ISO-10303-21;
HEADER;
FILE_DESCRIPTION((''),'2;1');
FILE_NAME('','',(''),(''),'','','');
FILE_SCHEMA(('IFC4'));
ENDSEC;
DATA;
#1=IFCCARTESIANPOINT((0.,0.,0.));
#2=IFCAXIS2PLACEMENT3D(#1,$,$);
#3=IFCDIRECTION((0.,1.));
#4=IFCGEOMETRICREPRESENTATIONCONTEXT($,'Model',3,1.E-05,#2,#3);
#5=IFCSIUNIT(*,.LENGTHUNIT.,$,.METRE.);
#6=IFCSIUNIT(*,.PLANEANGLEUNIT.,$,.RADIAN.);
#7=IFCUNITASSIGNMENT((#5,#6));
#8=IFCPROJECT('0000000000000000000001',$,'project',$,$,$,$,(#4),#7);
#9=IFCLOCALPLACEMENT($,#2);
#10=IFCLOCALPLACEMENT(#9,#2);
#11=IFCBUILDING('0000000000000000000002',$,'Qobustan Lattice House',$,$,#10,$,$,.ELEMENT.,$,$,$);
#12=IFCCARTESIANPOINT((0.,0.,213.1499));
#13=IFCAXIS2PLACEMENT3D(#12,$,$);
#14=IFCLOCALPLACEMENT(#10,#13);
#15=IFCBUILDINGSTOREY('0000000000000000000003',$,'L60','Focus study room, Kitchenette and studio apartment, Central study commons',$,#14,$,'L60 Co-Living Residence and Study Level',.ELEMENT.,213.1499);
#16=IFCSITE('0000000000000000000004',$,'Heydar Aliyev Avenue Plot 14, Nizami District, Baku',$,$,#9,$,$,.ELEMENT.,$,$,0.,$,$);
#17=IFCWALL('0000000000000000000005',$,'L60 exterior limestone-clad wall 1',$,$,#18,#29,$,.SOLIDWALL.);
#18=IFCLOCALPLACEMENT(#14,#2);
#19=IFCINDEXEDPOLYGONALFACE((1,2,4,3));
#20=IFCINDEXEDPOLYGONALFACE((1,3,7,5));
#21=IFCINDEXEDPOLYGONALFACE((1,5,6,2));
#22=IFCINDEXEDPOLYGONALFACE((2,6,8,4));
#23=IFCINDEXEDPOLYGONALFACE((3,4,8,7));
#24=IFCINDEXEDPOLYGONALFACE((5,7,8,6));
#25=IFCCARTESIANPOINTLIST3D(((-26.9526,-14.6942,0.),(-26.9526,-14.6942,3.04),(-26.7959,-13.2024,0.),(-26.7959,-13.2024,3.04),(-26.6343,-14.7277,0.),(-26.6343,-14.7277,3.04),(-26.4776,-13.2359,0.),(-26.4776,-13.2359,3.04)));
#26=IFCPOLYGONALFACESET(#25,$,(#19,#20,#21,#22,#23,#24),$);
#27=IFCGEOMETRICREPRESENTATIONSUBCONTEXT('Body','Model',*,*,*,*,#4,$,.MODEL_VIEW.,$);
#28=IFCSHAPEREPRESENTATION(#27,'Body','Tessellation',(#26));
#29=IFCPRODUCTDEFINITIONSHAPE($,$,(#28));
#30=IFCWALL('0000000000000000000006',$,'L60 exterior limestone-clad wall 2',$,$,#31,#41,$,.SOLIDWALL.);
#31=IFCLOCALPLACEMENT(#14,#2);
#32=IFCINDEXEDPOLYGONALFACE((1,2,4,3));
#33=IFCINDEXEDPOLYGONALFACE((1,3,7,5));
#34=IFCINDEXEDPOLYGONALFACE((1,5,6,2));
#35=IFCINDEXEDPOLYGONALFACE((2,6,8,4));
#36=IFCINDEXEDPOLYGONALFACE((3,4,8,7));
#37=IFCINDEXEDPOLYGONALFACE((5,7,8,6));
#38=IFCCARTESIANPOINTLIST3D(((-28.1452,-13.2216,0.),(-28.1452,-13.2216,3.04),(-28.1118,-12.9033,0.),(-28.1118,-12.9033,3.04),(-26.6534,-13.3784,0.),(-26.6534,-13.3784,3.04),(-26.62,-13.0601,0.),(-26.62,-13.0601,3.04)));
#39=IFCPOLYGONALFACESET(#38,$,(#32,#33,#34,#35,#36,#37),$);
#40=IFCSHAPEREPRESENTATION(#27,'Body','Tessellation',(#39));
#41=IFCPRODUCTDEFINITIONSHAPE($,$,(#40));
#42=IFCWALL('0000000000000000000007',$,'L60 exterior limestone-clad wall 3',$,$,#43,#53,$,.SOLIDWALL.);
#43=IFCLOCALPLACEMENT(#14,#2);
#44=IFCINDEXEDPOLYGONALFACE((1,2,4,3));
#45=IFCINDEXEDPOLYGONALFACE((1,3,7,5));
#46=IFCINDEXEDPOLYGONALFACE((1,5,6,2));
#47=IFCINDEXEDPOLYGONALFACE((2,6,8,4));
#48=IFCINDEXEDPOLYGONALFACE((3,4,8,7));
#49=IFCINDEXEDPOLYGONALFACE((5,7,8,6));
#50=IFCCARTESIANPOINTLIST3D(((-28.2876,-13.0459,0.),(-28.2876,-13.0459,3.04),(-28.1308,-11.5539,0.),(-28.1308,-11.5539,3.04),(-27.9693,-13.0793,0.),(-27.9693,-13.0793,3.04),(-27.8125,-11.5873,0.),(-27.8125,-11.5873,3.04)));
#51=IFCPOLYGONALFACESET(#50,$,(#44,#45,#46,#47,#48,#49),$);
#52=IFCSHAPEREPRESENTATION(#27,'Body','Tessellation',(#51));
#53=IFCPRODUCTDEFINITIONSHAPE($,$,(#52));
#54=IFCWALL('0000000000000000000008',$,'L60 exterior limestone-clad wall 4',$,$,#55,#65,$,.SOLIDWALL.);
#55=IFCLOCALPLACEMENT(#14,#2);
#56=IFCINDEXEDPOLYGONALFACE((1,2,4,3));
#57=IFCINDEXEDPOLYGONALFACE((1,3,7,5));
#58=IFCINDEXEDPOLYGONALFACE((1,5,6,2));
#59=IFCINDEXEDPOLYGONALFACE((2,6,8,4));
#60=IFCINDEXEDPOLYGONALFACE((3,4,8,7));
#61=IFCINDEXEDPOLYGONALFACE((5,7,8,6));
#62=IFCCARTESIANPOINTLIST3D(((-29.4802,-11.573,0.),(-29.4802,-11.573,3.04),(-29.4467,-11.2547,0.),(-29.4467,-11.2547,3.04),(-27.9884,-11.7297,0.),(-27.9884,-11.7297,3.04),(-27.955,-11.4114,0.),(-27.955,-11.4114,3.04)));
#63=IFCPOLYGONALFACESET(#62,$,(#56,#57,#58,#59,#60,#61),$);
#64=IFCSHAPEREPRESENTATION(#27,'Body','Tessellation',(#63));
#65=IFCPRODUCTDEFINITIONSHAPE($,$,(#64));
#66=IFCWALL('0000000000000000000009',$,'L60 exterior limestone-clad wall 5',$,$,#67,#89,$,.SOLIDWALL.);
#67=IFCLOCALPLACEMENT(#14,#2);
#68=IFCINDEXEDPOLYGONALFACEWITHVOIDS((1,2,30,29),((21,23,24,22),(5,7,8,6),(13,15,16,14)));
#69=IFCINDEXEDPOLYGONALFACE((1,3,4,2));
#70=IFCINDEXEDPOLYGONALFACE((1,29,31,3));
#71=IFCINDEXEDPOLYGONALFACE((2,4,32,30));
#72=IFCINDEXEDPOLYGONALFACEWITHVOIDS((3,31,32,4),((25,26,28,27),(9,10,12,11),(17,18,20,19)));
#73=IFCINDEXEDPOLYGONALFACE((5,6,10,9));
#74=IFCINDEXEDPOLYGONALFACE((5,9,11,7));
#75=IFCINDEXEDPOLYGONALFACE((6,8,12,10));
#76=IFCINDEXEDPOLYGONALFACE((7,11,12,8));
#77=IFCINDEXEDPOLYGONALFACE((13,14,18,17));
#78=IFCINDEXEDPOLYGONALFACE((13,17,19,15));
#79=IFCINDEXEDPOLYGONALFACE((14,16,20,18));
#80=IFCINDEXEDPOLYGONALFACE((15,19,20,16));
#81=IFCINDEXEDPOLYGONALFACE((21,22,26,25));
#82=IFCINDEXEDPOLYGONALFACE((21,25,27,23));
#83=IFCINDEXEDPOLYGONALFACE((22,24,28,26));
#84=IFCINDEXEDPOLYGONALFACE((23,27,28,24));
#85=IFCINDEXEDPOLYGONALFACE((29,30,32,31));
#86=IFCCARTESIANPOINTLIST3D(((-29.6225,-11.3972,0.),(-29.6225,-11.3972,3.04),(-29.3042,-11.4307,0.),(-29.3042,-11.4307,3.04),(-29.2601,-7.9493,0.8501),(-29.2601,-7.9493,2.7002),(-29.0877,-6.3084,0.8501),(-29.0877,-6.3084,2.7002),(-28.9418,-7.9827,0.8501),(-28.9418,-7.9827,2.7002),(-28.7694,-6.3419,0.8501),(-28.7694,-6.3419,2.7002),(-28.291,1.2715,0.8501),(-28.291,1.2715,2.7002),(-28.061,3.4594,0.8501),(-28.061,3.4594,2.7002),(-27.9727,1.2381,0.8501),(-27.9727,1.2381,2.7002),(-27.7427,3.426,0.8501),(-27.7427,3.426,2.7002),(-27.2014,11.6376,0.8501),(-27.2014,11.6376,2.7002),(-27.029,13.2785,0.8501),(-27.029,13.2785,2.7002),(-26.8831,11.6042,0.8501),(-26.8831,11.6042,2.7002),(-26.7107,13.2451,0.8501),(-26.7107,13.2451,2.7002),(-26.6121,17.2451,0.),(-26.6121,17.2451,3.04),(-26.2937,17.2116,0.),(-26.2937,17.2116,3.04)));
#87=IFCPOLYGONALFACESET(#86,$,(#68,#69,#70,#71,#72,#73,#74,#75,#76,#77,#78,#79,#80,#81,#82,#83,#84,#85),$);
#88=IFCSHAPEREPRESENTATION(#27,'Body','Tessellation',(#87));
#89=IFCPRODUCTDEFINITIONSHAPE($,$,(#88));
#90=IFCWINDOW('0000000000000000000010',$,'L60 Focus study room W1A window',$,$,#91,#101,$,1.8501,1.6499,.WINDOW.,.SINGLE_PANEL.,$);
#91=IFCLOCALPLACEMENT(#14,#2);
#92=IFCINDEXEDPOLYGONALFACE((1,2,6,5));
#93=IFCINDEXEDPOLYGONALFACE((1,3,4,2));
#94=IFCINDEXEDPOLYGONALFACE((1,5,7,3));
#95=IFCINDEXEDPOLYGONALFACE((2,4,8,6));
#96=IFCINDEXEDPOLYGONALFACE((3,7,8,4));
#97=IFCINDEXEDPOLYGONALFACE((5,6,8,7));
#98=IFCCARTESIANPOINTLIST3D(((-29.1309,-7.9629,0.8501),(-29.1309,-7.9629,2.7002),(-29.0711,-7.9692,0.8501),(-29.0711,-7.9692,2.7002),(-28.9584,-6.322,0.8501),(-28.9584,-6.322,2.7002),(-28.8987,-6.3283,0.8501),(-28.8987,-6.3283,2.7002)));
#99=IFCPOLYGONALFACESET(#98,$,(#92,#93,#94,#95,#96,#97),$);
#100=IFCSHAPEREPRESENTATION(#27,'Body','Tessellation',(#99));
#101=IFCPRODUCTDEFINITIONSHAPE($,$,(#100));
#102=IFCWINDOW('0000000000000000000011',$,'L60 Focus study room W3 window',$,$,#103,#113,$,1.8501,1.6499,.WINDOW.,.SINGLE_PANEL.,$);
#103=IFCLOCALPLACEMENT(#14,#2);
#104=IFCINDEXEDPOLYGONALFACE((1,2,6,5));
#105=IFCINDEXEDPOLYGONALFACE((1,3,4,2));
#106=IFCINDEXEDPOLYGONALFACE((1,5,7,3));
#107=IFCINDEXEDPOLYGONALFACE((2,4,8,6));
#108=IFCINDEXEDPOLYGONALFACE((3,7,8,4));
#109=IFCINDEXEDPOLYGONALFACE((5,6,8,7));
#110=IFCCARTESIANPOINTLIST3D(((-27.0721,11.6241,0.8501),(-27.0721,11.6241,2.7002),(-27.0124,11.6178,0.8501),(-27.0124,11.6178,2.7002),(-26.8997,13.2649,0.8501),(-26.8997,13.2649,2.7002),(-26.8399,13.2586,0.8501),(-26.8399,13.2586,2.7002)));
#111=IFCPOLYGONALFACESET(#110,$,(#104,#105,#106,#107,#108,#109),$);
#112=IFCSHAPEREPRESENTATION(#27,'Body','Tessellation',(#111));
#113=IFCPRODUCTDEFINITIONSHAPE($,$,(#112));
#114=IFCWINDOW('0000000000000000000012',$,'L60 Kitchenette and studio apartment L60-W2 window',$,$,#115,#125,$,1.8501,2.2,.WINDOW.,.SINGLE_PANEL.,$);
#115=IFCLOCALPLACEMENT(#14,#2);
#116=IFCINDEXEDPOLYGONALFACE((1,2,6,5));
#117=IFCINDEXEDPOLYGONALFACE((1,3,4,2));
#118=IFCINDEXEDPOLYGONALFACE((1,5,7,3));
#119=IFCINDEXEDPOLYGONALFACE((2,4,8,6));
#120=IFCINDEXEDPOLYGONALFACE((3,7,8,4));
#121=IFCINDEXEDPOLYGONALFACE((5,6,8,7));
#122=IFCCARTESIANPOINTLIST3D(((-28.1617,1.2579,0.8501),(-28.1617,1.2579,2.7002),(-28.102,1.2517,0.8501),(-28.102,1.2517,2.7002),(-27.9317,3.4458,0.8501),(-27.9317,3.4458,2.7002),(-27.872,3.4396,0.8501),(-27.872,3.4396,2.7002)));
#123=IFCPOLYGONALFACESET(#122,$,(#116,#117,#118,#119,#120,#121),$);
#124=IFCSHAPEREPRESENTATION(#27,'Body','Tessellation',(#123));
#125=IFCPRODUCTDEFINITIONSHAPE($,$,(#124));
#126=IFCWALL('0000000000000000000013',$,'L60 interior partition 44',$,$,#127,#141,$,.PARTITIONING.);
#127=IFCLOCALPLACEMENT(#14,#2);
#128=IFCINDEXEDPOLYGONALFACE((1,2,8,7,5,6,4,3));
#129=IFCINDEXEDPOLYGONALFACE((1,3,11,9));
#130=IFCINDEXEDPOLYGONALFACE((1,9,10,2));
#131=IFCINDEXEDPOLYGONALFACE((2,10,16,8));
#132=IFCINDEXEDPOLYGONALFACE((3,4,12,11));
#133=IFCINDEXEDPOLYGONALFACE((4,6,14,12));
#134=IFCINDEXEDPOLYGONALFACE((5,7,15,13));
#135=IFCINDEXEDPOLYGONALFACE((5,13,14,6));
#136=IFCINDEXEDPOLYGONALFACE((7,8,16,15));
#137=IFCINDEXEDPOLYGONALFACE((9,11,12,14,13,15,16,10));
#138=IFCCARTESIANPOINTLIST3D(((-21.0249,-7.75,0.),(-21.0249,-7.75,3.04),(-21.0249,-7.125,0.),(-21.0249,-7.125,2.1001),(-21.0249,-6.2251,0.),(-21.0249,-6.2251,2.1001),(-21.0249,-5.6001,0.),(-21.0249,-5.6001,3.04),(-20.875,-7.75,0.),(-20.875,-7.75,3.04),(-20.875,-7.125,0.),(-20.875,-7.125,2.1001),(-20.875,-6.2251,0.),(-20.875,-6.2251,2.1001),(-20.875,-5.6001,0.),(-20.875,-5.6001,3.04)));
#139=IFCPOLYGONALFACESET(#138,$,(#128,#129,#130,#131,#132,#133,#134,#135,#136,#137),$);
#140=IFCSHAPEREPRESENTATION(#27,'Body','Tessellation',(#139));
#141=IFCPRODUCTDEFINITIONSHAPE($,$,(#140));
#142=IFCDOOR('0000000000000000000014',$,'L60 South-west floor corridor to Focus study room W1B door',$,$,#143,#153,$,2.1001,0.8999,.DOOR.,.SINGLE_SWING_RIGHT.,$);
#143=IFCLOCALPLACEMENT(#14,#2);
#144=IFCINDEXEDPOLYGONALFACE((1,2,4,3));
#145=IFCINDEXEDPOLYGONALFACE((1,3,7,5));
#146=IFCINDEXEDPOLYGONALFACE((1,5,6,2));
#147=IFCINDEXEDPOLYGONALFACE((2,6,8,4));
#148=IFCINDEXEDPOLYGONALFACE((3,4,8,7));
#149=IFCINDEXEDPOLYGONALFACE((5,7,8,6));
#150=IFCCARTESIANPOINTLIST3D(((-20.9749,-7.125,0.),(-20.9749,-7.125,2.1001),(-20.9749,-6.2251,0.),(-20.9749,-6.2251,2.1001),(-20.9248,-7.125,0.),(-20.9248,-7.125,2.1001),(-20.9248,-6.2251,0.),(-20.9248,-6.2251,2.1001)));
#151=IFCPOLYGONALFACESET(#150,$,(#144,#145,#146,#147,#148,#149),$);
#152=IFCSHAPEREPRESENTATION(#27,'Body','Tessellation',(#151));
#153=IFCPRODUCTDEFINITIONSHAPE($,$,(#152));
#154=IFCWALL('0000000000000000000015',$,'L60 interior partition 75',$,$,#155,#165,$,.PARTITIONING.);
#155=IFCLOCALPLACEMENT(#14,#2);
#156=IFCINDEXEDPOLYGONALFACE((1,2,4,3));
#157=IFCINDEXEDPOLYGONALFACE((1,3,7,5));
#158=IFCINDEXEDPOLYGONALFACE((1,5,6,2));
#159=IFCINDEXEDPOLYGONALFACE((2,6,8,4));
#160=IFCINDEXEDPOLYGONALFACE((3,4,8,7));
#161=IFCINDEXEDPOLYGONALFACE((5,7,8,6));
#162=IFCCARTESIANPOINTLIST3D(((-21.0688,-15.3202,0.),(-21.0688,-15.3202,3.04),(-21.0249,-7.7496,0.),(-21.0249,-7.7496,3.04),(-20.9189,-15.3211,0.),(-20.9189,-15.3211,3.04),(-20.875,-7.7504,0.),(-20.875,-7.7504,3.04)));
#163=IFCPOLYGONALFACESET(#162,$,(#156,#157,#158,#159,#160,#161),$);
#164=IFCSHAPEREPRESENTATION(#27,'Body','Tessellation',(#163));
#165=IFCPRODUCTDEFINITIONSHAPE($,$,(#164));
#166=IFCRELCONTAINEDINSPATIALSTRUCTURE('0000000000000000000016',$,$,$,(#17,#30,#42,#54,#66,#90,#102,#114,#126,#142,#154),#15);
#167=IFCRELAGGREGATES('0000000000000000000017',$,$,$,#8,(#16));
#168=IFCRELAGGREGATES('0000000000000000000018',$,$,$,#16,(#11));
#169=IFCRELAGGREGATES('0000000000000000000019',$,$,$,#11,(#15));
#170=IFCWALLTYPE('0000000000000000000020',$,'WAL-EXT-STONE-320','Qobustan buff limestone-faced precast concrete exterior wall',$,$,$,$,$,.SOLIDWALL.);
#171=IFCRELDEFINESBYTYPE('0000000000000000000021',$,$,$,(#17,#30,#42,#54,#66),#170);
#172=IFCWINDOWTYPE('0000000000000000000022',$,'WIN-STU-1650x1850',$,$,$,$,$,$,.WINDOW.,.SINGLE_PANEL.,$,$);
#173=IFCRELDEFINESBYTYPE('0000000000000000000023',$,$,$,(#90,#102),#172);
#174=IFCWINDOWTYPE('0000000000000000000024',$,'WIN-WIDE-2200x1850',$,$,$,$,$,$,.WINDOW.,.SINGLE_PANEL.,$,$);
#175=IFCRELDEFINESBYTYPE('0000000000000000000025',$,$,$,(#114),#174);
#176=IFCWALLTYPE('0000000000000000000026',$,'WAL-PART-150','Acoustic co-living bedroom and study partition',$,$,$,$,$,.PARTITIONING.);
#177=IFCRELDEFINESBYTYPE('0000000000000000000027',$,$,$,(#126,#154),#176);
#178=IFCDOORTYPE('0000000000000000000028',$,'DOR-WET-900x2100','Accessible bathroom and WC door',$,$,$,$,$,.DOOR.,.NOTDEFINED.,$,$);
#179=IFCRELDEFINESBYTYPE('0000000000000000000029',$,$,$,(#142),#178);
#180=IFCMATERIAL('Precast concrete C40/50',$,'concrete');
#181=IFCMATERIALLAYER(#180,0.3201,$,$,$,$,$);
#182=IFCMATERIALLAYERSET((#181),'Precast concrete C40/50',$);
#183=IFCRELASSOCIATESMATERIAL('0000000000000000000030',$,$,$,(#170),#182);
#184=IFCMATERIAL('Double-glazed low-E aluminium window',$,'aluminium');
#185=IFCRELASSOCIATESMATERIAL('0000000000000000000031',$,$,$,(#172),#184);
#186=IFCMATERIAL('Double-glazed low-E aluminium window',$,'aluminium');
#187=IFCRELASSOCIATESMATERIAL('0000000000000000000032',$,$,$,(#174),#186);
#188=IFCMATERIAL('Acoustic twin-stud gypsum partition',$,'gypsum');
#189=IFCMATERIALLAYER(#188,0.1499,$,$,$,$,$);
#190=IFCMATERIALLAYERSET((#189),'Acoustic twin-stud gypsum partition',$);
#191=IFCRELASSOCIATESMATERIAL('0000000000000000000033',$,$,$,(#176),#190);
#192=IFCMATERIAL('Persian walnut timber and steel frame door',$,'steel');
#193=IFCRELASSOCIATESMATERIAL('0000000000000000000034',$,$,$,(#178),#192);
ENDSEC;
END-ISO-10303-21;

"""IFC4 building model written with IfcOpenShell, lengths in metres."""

from ifc_helpers import new_model, si_unit, direction, frame, frame_2d, origin, place, context, subcontext, project, spatial, rectangle, extrude, material, layer, layer_set, type_object, element, fill, save


model = new_model("IFC4")

# Units and contexts
model_context = context("Model", 3, precision=1e-05, world=origin(), true_north=direction((0.0, 1.0)))
body_context = subcontext(model_context, "Body", "Model", "MODEL_VIEW")
ifc_project = project(units=[si_unit("LENGTHUNIT", "METRE"), si_unit("PLANEANGLEUNIT", "RADIAN")], contexts=[model_context])

# Site, building, storey
site_placement = place(None, origin())
site = spatial("IfcSite", under=ifc_project, at=site_placement, Name="Heydar Aliyev Avenue Plot 14, Nizami District, Baku", CompositionType="ELEMENT", RefElevation=0.0)
building_placement = place(site_placement, origin())
building = spatial("IfcBuilding", under=site, at=building_placement, Name="Qobustan Lattice House", CompositionType="ELEMENT")
storey_placement = place(building_placement, frame((0.0, 0.0, 213.1499)))
storey = spatial("IfcBuildingStorey", under=building, at=storey_placement, Name="L60", Description="Focus study room, Kitchenette and studio apartment, Central study commons", LongName="L60 Co-Living Residence and Study Level", CompositionType="ELEMENT", Elevation=213.1499)

# Walls
ifc_material_1 = material(Name="Precast concrete C40/50", Category="concrete")
ifc_layer_1 = layer(ifc_material_1, 0.3201)
ifc_layer_set_1 = layer_set([ifc_layer_1], Name="Precast concrete C40/50")
wall_type_1 = type_object("IfcWallType", Name="WAL-EXT-STONE-320", Description="Qobustan buff limestone-faced precast concrete exterior wall", PredefinedType="SOLIDWALL", material=ifc_layer_set_1)
for number, where, z_axis, x_axis, name in (
    (1, (-26.7935, -14.7109, 0.0), (0.0, 0.0, 1.0), (0.104498, 0.994525, 0.0), "L60 exterior limestone-clad wall 1"),
    (2, (-26.6367, -13.2192, 0.0), (0.0, 0.0, 1.0), (-0.994525, 0.104498, 0.0), "L60 exterior limestone-clad wall 2"),
):
    element("IfcWall", number, at=place(storey_placement, frame(where, z_axis=z_axis, x_axis=x_axis)), inside=storey, type_object=wall_type_1, Name=name, PredefinedType="SOLIDWALL", context=body_context, shape_type="SweptSolid", body=[
        extrude(rectangle(XDim=1.5, YDim=0.3201, at=frame_2d((0.75, 0.0))), origin(), (0.0, 0.0, 1.0), 3.04),
    ])
wall_1_placement = place(storey_placement, frame((-28.1284, -13.0625, 0.0), z_axis=(0.0, 0.0, 1.0), x_axis=(0.104481, 0.994527, 0.0)))
element("IfcWall", 3, at=wall_1_placement, inside=storey, type_object=wall_type_1, Name="L60 exterior limestone-clad wall 3", PredefinedType="SOLIDWALL", context=body_context, shape_type="SweptSolid", body=[
    extrude(rectangle(XDim=1.5002, YDim=0.3201, at=frame_2d((0.75, 0.0))), origin(), (0.0, 0.0, 1.0), 3.04),
])
wall_2_placement = place(storey_placement, frame((-27.9717, -11.5706, 0.0), z_axis=(0.0, 0.0, 1.0), x_axis=(-0.994525, 0.104498, 0.0)))
element("IfcWall", 4, at=wall_2_placement, inside=storey, type_object=wall_type_1, Name="L60 exterior limestone-clad wall 4", PredefinedType="SOLIDWALL", context=body_context, shape_type="SweptSolid", body=[
    extrude(rectangle(XDim=1.5, YDim=0.3201, at=frame_2d((0.75, 0.0))), origin(), (0.0, 0.0, 1.0), 3.04),
])

# Wall, openings, windows
wall_3_placement = place(storey_placement, frame((-29.4634, -11.4138, 0.0), z_axis=(0.0, 0.0, 1.0), x_axis=(0.104531, 0.994522, 0.0)))
wall_3 = element("IfcWall", 5, at=wall_3_placement, inside=storey, type_object=wall_type_1, Name="L60 exterior limestone-clad wall 5", PredefinedType="SOLIDWALL", context=body_context, shape_type="SweptSolid", body=[
    extrude(rectangle(XDim=28.8, YDim=0.3201, at=frame_2d((14.3999, 0.0))), origin(), (0.0, 0.0, 1.0), 3.04),
])
opening_1_placement = place(wall_3_placement, frame((3.4668, 0.0, 0.8501)))
opening_1 = element("IfcOpeningElement", 6, at=opening_1_placement, cuts=wall_3, PredefinedType="OPENING", context=body_context, shape_type="SweptSolid", body=[
    extrude(rectangle(XDim=1.6499, YDim=1.8501, at=frame_2d((0.825, 0.925))), frame((0.0, 0.1699, 0.0), z_axis=(0.0, -1.0, 0.0), x_axis=(1.0, 0.0, 0.0)), (0.0, 0.0, 1.0), 0.3401),
])
opening_2_placement = place(wall_3_placement, frame((12.7383, 0.0, 0.8501)))
opening_2 = element("IfcOpeningElement", 7, at=opening_2_placement, cuts=wall_3, PredefinedType="OPENING", context=body_context, shape_type="SweptSolid", body=[
    extrude(rectangle(XDim=2.2, YDim=1.8501, at=frame_2d((1.1001, 0.925))), frame((0.0, 0.1699, 0.0), z_axis=(0.0, -1.0, 0.0), x_axis=(1.0, 0.0, 0.0)), (0.0, 0.0, 1.0), 0.3401),
])
opening_3_placement = place(wall_3_placement, frame((23.1616, 0.0, 0.8501)))
opening_3 = element("IfcOpeningElement", 8, at=opening_3_placement, cuts=wall_3, PredefinedType="OPENING", context=body_context, shape_type="SweptSolid", body=[
    extrude(rectangle(XDim=1.6499, YDim=1.8501, at=frame_2d((0.825, 0.925))), frame((0.0, 0.1699, 0.0), z_axis=(0.0, -1.0, 0.0), x_axis=(1.0, 0.0, 0.0)), (0.0, 0.0, 1.0), 0.3401),
])
ifc_material_2 = material(Name="Double-glazed low-E aluminium window", Category="aluminium")
window_type_1 = type_object("IfcWindowType", Name="WIN-STU-1650x1850", PartitioningType="SINGLE_PANEL", PredefinedType="WINDOW", material=ifc_material_2)
window_1_placement = place(opening_1_placement, origin())
window_1 = element("IfcWindow", 9, at=window_1_placement, inside=storey, type_object=window_type_1, Name="L60 Focus study room W1A window", OverallHeight=1.8501, OverallWidth=1.6499, PartitioningType="SINGLE_PANEL", PredefinedType="WINDOW", context=body_context, shape_type="SweptSolid", body=[
    extrude(rectangle(XDim=1.6499, YDim=1.8501, at=frame_2d((0.825, 0.925))), frame((0.0, 0.03, 0.0), z_axis=(0.0, -1.0, 0.0), x_axis=(1.0, 0.0, 0.0)), (0.0, 0.0, 1.0), 0.0601),
])
fill(opening_1, window_1)
window_2_placement = place(opening_3_placement, origin())
window_2 = element("IfcWindow", 10, at=window_2_placement, inside=storey, type_object=window_type_1, Name="L60 Focus study room W3 window", OverallHeight=1.8501, OverallWidth=1.6499, PartitioningType="SINGLE_PANEL", PredefinedType="WINDOW", context=body_context, shape_type="SweptSolid", body=[
    extrude(rectangle(XDim=1.6499, YDim=1.8501, at=frame_2d((0.825, 0.925))), frame((0.0, 0.03, 0.0), z_axis=(0.0, -1.0, 0.0), x_axis=(1.0, 0.0, 0.0)), (0.0, 0.0, 1.0), 0.0601),
])
fill(opening_3, window_2)
ifc_material_3 = material(Name="Double-glazed low-E aluminium window", Category="aluminium")
window_type_2 = type_object("IfcWindowType", Name="WIN-WIDE-2200x1850", PartitioningType="SINGLE_PANEL", PredefinedType="WINDOW", material=ifc_material_3)
window_3_placement = place(opening_2_placement, origin())
window_3 = element("IfcWindow", 11, at=window_3_placement, inside=storey, type_object=window_type_2, Name="L60 Kitchenette and studio apartment L60-W2 window", OverallHeight=1.8501, OverallWidth=2.2, PartitioningType="SINGLE_PANEL", PredefinedType="WINDOW", context=body_context, shape_type="SweptSolid", body=[
    extrude(rectangle(XDim=2.2, YDim=1.8501, at=frame_2d((1.1001, 0.925))), frame((0.0, 0.03, 0.0), z_axis=(0.0, -1.0, 0.0), x_axis=(1.0, 0.0, 0.0)), (0.0, 0.0, 1.0), 0.0601),
])
fill(opening_2, window_3)

# Wall, opening, door
ifc_material_4 = material(Name="Acoustic twin-stud gypsum partition", Category="gypsum")
ifc_layer_2 = layer(ifc_material_4, 0.1499)
ifc_layer_set_2 = layer_set([ifc_layer_2], Name="Acoustic twin-stud gypsum partition")
wall_type_2 = type_object("IfcWallType", Name="WAL-PART-150", Description="Acoustic co-living bedroom and study partition", PredefinedType="PARTITIONING", material=ifc_layer_set_2)
wall_4_placement = place(storey_placement, frame((-20.95, -7.75, 0.0), z_axis=(0.0, 0.0, 1.0), x_axis=(0.0, 1.0, 0.0)))
wall_4 = element("IfcWall", 12, at=wall_4_placement, inside=storey, type_object=wall_type_2, Name="L60 interior partition 44", PredefinedType="PARTITIONING", context=body_context, shape_type="SweptSolid", body=[
    extrude(rectangle(XDim=2.1499, YDim=0.1499, at=frame_2d((1.075, 0.0))), origin(), (0.0, 0.0, 1.0), 3.04),
])
opening_4_placement = place(wall_4_placement, frame((0.625, 0.0, 0.0)))
opening_4 = element("IfcOpeningElement", 13, at=opening_4_placement, cuts=wall_4, PredefinedType="OPENING", context=body_context, shape_type="SweptSolid", body=[
    extrude(rectangle(XDim=0.8999, YDim=2.1001, at=frame_2d((0.45, 1.05))), frame((0.0, 0.085, 0.0), z_axis=(0.0, -1.0, 0.0), x_axis=(1.0, 0.0, 0.0)), (0.0, 0.0, 1.0), 0.1699),
])
ifc_material_5 = material(Name="Persian walnut timber and steel frame door", Category="steel")
door_type = type_object("IfcDoorType", Name="DOR-WET-900x2100", Description="Accessible bathroom and WC door", OperationType="NOTDEFINED", PredefinedType="DOOR", material=ifc_material_5)
door_placement = place(opening_4_placement, origin())
door = element("IfcDoor", 14, at=door_placement, inside=storey, type_object=door_type, Name="L60 South-west floor corridor to Focus study room W1B door", OperationType="SINGLE_SWING_RIGHT", OverallHeight=2.1001, OverallWidth=0.8999, PredefinedType="DOOR", context=body_context, shape_type="SweptSolid", body=[
    extrude(rectangle(XDim=0.8999, YDim=2.1001, at=frame_2d((0.45, 1.05))), frame((0.0, 0.0249, 0.0), z_axis=(0.0, -1.0, 0.0), x_axis=(1.0, 0.0, 0.0)), (0.0, 0.0, 1.0), 0.05),
])
fill(opening_4, door)

# Wall
wall_5_placement = place(storey_placement, frame((-20.95, -7.75, 0.0), z_axis=(0.0, 0.0, 1.0), x_axis=(-0.005805, -0.999983, 0.0)))
element("IfcWall", 15, at=wall_5_placement, inside=storey, type_object=wall_type_2, Name="L60 interior partition 75", PredefinedType="PARTITIONING", context=body_context, shape_type="SweptSolid", body=[
    extrude(rectangle(XDim=7.5708, YDim=0.1499, at=frame_2d((3.7854, 0.0))), origin(), (0.0, 0.0, 1.0), 3.04),
])

save(model, "model.ifc")
